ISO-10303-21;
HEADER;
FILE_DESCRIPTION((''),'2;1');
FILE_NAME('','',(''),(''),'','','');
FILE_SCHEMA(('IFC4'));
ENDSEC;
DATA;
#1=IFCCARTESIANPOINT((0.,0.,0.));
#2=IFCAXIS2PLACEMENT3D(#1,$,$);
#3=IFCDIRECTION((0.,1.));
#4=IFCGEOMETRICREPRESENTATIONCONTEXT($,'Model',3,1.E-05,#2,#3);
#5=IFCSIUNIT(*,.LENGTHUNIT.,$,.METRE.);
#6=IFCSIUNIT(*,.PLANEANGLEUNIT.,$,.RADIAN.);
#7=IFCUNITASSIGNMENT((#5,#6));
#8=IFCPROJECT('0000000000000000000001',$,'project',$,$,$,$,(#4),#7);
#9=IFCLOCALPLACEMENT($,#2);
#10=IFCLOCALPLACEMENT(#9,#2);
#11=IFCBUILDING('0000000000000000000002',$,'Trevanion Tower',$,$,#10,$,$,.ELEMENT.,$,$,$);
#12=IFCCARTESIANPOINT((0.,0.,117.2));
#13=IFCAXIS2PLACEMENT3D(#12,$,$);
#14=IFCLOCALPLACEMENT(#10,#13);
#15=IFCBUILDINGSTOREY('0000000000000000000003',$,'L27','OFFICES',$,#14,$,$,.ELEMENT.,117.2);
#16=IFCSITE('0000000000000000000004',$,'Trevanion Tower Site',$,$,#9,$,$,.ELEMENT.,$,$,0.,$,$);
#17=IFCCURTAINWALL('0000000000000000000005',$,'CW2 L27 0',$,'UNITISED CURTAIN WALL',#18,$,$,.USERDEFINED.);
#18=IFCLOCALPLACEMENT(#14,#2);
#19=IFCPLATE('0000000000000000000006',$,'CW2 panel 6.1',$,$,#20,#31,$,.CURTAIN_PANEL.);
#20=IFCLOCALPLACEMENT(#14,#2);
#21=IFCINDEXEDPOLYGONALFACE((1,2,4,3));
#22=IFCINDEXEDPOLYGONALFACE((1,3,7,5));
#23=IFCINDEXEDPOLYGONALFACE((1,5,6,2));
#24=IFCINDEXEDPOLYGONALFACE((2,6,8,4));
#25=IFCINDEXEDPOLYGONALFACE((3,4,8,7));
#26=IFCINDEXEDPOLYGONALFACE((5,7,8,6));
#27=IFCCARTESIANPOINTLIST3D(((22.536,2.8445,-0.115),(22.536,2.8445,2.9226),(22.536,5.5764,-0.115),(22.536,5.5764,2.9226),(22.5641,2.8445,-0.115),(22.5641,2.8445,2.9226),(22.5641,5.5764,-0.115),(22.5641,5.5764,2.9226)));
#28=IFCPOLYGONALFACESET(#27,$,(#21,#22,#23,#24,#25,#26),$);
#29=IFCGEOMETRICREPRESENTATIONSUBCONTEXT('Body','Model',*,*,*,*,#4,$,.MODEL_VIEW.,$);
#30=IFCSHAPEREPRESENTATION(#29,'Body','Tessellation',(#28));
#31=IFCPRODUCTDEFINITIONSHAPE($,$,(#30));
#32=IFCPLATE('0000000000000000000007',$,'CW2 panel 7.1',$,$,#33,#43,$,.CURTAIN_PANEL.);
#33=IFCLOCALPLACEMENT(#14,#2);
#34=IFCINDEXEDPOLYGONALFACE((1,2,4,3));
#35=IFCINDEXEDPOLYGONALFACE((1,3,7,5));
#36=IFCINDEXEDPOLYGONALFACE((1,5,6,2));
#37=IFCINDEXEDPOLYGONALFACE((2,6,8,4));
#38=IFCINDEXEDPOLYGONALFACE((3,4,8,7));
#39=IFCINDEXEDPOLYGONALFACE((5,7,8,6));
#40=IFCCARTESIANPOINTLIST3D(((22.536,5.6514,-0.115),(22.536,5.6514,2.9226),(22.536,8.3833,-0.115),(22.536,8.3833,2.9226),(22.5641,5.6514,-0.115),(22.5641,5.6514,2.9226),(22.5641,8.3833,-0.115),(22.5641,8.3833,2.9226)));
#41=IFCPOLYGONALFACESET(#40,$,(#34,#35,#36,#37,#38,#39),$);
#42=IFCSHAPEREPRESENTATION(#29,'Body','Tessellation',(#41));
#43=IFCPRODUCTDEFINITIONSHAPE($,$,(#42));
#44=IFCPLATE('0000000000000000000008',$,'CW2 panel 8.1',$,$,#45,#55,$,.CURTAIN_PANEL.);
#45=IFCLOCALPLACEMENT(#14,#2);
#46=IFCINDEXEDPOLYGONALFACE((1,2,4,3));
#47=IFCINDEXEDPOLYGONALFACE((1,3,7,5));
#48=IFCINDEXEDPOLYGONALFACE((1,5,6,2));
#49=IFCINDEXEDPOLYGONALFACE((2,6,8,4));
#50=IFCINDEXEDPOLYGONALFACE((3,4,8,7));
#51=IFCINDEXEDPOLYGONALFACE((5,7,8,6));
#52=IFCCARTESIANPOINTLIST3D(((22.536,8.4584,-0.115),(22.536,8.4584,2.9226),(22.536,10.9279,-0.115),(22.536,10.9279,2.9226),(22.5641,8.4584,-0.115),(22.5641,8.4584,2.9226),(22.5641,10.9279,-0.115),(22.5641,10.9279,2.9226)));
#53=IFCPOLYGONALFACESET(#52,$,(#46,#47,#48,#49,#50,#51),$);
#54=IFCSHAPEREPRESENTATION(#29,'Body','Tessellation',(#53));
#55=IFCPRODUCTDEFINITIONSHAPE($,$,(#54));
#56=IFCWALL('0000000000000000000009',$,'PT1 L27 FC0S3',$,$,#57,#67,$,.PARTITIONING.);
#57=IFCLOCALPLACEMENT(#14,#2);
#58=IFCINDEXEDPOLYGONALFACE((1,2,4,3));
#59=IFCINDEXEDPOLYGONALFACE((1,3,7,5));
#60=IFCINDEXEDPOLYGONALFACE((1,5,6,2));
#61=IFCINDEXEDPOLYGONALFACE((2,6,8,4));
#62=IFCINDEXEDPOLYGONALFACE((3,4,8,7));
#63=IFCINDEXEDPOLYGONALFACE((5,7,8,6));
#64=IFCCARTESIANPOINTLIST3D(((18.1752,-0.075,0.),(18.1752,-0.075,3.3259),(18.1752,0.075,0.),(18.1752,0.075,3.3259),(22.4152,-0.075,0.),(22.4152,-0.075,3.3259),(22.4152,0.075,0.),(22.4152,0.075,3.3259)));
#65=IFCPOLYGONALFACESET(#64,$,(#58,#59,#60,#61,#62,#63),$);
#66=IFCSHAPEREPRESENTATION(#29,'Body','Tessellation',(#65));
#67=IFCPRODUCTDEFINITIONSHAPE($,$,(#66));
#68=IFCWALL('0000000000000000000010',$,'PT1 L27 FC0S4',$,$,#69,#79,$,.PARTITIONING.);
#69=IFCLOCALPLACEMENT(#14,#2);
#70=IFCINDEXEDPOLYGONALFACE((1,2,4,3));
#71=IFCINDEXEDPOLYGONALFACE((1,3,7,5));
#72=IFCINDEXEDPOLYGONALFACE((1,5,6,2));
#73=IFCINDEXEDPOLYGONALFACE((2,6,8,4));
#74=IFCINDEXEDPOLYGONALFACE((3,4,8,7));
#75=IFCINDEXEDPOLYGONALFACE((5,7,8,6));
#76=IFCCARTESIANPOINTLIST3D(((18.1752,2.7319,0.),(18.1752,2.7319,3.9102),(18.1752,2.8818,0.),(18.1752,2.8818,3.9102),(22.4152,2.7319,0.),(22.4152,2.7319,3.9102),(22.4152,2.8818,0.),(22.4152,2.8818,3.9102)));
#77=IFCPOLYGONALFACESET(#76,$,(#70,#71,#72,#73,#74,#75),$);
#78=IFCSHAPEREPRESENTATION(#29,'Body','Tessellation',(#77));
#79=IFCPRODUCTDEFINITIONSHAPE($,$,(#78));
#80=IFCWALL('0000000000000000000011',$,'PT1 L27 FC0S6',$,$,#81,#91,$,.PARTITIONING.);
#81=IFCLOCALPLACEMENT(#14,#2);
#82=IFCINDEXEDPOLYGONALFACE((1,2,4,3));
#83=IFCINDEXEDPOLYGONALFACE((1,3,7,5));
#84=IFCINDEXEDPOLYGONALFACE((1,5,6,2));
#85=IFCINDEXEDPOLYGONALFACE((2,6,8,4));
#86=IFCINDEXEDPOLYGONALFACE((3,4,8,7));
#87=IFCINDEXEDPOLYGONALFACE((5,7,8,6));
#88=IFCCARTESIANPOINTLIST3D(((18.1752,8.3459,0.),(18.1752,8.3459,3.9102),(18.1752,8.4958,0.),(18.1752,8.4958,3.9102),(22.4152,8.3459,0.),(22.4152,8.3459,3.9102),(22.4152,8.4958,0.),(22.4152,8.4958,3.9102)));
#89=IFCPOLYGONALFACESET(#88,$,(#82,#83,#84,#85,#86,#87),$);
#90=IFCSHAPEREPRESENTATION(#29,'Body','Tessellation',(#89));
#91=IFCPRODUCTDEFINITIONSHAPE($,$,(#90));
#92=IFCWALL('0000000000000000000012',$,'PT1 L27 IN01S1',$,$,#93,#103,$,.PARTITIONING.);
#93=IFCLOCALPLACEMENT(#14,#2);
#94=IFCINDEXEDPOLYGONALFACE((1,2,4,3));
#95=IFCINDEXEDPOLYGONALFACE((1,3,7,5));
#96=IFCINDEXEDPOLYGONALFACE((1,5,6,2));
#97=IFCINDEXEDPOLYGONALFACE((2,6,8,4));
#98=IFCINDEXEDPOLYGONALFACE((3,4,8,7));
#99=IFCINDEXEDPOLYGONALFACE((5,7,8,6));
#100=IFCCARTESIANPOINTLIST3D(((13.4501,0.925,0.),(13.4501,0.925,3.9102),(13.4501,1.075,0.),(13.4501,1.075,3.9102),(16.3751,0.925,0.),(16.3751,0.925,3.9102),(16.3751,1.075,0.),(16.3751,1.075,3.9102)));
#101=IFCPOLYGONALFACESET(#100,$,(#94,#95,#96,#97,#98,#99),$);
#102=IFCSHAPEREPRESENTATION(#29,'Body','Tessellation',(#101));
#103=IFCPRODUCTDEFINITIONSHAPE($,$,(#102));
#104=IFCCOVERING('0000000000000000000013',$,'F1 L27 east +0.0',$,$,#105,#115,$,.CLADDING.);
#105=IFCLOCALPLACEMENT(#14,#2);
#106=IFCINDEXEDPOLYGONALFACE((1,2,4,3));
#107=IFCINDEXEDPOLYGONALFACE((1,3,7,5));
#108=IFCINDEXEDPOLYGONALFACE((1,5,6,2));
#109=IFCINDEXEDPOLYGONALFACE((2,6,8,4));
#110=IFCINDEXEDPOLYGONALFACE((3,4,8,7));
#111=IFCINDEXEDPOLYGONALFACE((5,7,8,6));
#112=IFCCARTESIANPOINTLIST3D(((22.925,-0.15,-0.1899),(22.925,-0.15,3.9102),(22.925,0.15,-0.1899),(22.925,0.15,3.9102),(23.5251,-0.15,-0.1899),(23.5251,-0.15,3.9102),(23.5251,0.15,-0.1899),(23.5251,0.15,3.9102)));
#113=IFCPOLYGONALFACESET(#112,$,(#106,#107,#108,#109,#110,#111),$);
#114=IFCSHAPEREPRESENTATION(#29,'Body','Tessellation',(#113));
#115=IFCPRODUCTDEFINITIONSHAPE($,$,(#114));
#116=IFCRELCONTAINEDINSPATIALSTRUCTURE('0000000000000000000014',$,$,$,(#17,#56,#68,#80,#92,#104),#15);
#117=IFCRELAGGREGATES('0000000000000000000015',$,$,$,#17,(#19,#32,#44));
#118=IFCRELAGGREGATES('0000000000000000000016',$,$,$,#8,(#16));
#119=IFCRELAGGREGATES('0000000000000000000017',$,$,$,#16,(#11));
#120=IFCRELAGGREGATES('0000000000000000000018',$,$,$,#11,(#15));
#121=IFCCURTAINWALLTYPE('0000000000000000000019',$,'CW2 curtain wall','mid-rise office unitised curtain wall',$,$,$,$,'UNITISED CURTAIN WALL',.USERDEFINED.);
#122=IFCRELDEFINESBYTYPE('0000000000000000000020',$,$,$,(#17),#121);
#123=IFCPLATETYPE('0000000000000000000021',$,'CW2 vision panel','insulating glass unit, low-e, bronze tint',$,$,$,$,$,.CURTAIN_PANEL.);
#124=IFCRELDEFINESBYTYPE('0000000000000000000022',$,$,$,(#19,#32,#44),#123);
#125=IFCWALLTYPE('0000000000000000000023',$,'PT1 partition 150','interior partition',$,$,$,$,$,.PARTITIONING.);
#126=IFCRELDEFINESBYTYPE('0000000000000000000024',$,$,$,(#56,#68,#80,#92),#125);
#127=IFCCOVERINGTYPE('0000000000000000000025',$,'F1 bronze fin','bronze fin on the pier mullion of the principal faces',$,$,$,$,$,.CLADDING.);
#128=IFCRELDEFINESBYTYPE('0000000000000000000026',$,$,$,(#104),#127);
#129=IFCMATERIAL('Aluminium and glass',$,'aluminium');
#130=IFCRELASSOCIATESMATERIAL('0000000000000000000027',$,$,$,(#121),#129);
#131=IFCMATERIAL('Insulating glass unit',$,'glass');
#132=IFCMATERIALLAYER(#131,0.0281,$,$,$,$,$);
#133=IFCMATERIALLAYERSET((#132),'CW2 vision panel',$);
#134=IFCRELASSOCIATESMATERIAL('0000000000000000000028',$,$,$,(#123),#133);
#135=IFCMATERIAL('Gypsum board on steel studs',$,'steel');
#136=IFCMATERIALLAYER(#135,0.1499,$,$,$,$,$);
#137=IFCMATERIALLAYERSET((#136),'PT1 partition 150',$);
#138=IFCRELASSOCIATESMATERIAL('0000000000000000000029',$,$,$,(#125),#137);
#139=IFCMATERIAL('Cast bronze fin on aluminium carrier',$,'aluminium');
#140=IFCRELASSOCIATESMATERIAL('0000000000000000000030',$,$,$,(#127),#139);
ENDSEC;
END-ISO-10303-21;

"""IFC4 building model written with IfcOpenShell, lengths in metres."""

from ifc_helpers import new_model, si_unit, direction, frame, frame_2d, origin, origin_2d, place, context, subcontext, project, spatial, rectangle, extrude, material, layer, layer_set, type_object, element, aggregate, save


model = new_model("IFC4")

# Units and contexts
model_context = context("Model", 3, precision=1e-05, world=origin(), true_north=direction((0.0, 1.0)))
body_context = subcontext(model_context, "Body", "Model", "MODEL_VIEW")
ifc_project = project(units=[si_unit("LENGTHUNIT", "METRE"), si_unit("PLANEANGLEUNIT", "RADIAN")], contexts=[model_context])

# Site, building, storey
site_placement = place(None, origin())
site = spatial("IfcSite", under=ifc_project, at=site_placement, Name="Trevanion Tower Site", CompositionType="ELEMENT", RefElevation=0.0)
building_placement = place(site_placement, origin())
building = spatial("IfcBuilding", under=site, at=building_placement, Name="Trevanion Tower", CompositionType="ELEMENT")
storey_placement = place(building_placement, frame((0.0, 0.0, 117.2)))
storey = spatial("IfcBuildingStorey", under=building, at=storey_placement, Name="L27", Description="OFFICES", CompositionType="ELEMENT", Elevation=117.2)

# Curtain wall
ifc_material_1 = material(Name="Aluminium and glass", Category="aluminium")
curtain_wall_type = type_object("IfcCurtainWallType", Name="CW2 curtain wall", Description="mid-rise office unitised curtain wall", ElementType="UNITISED CURTAIN WALL", PredefinedType="USERDEFINED", material=ifc_material_1)
curtain_wall_placement = place(storey_placement, origin())
curtain_wall = element("IfcCurtainWall", 1, at=curtain_wall_placement, inside=storey, type_object=curtain_wall_type, Name="CW2 L27 0", ObjectType="UNITISED CURTAIN WALL", PredefinedType="USERDEFINED")

# Plates
ifc_material_2 = material(Name="Insulating glass unit", Category="glass")
ifc_layer_1 = layer(ifc_material_2, 0.0281)
ifc_layer_set_1 = layer_set([ifc_layer_1], Name="CW2 vision panel")
plate_type_1 = type_object("IfcPlateType", Name="CW2 vision panel", Description="insulating glass unit, low-e, bronze tint", PredefinedType="CURTAIN_PANEL", material=ifc_layer_set_1)
plate_1_placement = place(storey_placement, frame((22.55, 4.2104, -0.115), z_axis=(0.0, 0.0, 1.0), x_axis=(0.0, 1.0, 0.0)))
plate_1 = element("IfcPlate", 2, at=plate_1_placement, type_object=plate_type_1, Name="CW2 panel 6.1", PredefinedType="CURTAIN_PANEL", context=body_context, shape_type="SweptSolid", body=[
    extrude(rectangle(XDim=2.7319, YDim=0.0281, at=origin_2d()), origin(), (0.0, 0.0, 1.0), 3.0376),
])
plate_2_placement = place(storey_placement, frame((22.55, 7.0173, -0.115), z_axis=(0.0, 0.0, 1.0), x_axis=(0.0, 1.0, 0.0)))
plate_2 = element("IfcPlate", 3, at=plate_2_placement, type_object=plate_type_1, Name="CW2 panel 7.1", PredefinedType="CURTAIN_PANEL", context=body_context, shape_type="SweptSolid", body=[
    extrude(rectangle(XDim=2.7319, YDim=0.0281, at=origin_2d()), origin(), (0.0, 0.0, 1.0), 3.0376),
])
plate_3_placement = place(storey_placement, frame((22.55, 9.6931, -0.115), z_axis=(0.0, 0.0, 1.0), x_axis=(0.0, 1.0, 0.0)))
plate_3 = element("IfcPlate", 4, at=plate_3_placement, type_object=plate_type_1, Name="CW2 panel 8.1", PredefinedType="CURTAIN_PANEL", context=body_context, shape_type="SweptSolid", body=[
    extrude(rectangle(XDim=2.4695, YDim=0.0281, at=origin_2d()), origin(), (0.0, 0.0, 1.0), 3.0376),
])
aggregate(curtain_wall, [plate_1, plate_2, plate_3])

# Walls
ifc_material_3 = material(Name="Gypsum board on steel studs", Category="steel")
ifc_layer_2 = layer(ifc_material_3, 0.1499)
ifc_layer_set_2 = layer_set([ifc_layer_2], Name="PT1 partition 150")
wall_type = type_object("IfcWallType", Name="PT1 partition 150", Description="interior partition", PredefinedType="PARTITIONING", material=ifc_layer_set_2)
wall_1_placement = place(storey_placement, frame((18.175, 0.0, 0.0), z_axis=(0.0, 0.0, 1.0), x_axis=(1.0, 0.0, 0.0)))
element("IfcWall", 5, at=wall_1_placement, inside=storey, type_object=wall_type, Name="PT1 L27 FC0S3", PredefinedType="PARTITIONING", context=body_context, shape_type="SweptSolid", body=[
    extrude(rectangle(XDim=4.24, YDim=0.1499, at=frame_2d((2.1201, 0.0))), origin(), (0.0, 0.0, 1.0), 3.3259),
])
for number, where, z_axis, x_axis, name in (
    (6, (18.175, 2.8069, 0.0), (0.0, 0.0, 1.0), (1.0, 0.0, 0.0), "PT1 L27 FC0S4"),
    (7, (18.175, 8.4209, 0.0), (0.0, 0.0, 1.0), (1.0, 0.0, 0.0), "PT1 L27 FC0S6"),
):
    element("IfcWall", number, at=place(storey_placement, frame(where, z_axis=z_axis, x_axis=x_axis)), inside=storey, type_object=wall_type, Name=name, PredefinedType="PARTITIONING", context=body_context, shape_type="SweptSolid", body=[
        extrude(rectangle(XDim=4.24, YDim=0.1499, at=frame_2d((2.1201, 0.0))), origin(), (0.0, 0.0, 1.0), 3.9102),
    ])
wall_2_placement = place(storey_placement, frame((16.375, 1.0, 0.0), z_axis=(0.0, 0.0, 1.0), x_axis=(-1.0, 0.0, 0.0)))
element("IfcWall", 8, at=wall_2_placement, inside=storey, type_object=wall_type, Name="PT1 L27 IN01S1", PredefinedType="PARTITIONING", context=body_context, shape_type="SweptSolid", body=[
    extrude(rectangle(XDim=2.925, YDim=0.1499, at=frame_2d((1.4624, 0.0))), origin(), (0.0, 0.0, 1.0), 3.9102),
])

# Covering
ifc_material_4 = material(Name="Cast bronze fin on aluminium carrier", Category="aluminium")
covering_type = type_object("IfcCoveringType", Name="F1 bronze fin", Description="bronze fin on the pier mullion of the principal faces", PredefinedType="CLADDING", material=ifc_material_4)
covering_placement = place(storey_placement, frame((23.2251, 0.0, -0.1899), z_axis=(0.0, 0.0, 1.0), x_axis=(0.0, 1.0, 0.0)))
element("IfcCovering", 9, at=covering_placement, inside=storey, type_object=covering_type, Name="F1 L27 east +0.0", PredefinedType="CLADDING", context=body_context, shape_type="SweptSolid", body=[
    extrude(rectangle(XDim=0.3, YDim=0.6001, at=origin_2d()), origin(), (0.0, 0.0, 1.0), 4.1001),
])

save(model, "model.ifc")
